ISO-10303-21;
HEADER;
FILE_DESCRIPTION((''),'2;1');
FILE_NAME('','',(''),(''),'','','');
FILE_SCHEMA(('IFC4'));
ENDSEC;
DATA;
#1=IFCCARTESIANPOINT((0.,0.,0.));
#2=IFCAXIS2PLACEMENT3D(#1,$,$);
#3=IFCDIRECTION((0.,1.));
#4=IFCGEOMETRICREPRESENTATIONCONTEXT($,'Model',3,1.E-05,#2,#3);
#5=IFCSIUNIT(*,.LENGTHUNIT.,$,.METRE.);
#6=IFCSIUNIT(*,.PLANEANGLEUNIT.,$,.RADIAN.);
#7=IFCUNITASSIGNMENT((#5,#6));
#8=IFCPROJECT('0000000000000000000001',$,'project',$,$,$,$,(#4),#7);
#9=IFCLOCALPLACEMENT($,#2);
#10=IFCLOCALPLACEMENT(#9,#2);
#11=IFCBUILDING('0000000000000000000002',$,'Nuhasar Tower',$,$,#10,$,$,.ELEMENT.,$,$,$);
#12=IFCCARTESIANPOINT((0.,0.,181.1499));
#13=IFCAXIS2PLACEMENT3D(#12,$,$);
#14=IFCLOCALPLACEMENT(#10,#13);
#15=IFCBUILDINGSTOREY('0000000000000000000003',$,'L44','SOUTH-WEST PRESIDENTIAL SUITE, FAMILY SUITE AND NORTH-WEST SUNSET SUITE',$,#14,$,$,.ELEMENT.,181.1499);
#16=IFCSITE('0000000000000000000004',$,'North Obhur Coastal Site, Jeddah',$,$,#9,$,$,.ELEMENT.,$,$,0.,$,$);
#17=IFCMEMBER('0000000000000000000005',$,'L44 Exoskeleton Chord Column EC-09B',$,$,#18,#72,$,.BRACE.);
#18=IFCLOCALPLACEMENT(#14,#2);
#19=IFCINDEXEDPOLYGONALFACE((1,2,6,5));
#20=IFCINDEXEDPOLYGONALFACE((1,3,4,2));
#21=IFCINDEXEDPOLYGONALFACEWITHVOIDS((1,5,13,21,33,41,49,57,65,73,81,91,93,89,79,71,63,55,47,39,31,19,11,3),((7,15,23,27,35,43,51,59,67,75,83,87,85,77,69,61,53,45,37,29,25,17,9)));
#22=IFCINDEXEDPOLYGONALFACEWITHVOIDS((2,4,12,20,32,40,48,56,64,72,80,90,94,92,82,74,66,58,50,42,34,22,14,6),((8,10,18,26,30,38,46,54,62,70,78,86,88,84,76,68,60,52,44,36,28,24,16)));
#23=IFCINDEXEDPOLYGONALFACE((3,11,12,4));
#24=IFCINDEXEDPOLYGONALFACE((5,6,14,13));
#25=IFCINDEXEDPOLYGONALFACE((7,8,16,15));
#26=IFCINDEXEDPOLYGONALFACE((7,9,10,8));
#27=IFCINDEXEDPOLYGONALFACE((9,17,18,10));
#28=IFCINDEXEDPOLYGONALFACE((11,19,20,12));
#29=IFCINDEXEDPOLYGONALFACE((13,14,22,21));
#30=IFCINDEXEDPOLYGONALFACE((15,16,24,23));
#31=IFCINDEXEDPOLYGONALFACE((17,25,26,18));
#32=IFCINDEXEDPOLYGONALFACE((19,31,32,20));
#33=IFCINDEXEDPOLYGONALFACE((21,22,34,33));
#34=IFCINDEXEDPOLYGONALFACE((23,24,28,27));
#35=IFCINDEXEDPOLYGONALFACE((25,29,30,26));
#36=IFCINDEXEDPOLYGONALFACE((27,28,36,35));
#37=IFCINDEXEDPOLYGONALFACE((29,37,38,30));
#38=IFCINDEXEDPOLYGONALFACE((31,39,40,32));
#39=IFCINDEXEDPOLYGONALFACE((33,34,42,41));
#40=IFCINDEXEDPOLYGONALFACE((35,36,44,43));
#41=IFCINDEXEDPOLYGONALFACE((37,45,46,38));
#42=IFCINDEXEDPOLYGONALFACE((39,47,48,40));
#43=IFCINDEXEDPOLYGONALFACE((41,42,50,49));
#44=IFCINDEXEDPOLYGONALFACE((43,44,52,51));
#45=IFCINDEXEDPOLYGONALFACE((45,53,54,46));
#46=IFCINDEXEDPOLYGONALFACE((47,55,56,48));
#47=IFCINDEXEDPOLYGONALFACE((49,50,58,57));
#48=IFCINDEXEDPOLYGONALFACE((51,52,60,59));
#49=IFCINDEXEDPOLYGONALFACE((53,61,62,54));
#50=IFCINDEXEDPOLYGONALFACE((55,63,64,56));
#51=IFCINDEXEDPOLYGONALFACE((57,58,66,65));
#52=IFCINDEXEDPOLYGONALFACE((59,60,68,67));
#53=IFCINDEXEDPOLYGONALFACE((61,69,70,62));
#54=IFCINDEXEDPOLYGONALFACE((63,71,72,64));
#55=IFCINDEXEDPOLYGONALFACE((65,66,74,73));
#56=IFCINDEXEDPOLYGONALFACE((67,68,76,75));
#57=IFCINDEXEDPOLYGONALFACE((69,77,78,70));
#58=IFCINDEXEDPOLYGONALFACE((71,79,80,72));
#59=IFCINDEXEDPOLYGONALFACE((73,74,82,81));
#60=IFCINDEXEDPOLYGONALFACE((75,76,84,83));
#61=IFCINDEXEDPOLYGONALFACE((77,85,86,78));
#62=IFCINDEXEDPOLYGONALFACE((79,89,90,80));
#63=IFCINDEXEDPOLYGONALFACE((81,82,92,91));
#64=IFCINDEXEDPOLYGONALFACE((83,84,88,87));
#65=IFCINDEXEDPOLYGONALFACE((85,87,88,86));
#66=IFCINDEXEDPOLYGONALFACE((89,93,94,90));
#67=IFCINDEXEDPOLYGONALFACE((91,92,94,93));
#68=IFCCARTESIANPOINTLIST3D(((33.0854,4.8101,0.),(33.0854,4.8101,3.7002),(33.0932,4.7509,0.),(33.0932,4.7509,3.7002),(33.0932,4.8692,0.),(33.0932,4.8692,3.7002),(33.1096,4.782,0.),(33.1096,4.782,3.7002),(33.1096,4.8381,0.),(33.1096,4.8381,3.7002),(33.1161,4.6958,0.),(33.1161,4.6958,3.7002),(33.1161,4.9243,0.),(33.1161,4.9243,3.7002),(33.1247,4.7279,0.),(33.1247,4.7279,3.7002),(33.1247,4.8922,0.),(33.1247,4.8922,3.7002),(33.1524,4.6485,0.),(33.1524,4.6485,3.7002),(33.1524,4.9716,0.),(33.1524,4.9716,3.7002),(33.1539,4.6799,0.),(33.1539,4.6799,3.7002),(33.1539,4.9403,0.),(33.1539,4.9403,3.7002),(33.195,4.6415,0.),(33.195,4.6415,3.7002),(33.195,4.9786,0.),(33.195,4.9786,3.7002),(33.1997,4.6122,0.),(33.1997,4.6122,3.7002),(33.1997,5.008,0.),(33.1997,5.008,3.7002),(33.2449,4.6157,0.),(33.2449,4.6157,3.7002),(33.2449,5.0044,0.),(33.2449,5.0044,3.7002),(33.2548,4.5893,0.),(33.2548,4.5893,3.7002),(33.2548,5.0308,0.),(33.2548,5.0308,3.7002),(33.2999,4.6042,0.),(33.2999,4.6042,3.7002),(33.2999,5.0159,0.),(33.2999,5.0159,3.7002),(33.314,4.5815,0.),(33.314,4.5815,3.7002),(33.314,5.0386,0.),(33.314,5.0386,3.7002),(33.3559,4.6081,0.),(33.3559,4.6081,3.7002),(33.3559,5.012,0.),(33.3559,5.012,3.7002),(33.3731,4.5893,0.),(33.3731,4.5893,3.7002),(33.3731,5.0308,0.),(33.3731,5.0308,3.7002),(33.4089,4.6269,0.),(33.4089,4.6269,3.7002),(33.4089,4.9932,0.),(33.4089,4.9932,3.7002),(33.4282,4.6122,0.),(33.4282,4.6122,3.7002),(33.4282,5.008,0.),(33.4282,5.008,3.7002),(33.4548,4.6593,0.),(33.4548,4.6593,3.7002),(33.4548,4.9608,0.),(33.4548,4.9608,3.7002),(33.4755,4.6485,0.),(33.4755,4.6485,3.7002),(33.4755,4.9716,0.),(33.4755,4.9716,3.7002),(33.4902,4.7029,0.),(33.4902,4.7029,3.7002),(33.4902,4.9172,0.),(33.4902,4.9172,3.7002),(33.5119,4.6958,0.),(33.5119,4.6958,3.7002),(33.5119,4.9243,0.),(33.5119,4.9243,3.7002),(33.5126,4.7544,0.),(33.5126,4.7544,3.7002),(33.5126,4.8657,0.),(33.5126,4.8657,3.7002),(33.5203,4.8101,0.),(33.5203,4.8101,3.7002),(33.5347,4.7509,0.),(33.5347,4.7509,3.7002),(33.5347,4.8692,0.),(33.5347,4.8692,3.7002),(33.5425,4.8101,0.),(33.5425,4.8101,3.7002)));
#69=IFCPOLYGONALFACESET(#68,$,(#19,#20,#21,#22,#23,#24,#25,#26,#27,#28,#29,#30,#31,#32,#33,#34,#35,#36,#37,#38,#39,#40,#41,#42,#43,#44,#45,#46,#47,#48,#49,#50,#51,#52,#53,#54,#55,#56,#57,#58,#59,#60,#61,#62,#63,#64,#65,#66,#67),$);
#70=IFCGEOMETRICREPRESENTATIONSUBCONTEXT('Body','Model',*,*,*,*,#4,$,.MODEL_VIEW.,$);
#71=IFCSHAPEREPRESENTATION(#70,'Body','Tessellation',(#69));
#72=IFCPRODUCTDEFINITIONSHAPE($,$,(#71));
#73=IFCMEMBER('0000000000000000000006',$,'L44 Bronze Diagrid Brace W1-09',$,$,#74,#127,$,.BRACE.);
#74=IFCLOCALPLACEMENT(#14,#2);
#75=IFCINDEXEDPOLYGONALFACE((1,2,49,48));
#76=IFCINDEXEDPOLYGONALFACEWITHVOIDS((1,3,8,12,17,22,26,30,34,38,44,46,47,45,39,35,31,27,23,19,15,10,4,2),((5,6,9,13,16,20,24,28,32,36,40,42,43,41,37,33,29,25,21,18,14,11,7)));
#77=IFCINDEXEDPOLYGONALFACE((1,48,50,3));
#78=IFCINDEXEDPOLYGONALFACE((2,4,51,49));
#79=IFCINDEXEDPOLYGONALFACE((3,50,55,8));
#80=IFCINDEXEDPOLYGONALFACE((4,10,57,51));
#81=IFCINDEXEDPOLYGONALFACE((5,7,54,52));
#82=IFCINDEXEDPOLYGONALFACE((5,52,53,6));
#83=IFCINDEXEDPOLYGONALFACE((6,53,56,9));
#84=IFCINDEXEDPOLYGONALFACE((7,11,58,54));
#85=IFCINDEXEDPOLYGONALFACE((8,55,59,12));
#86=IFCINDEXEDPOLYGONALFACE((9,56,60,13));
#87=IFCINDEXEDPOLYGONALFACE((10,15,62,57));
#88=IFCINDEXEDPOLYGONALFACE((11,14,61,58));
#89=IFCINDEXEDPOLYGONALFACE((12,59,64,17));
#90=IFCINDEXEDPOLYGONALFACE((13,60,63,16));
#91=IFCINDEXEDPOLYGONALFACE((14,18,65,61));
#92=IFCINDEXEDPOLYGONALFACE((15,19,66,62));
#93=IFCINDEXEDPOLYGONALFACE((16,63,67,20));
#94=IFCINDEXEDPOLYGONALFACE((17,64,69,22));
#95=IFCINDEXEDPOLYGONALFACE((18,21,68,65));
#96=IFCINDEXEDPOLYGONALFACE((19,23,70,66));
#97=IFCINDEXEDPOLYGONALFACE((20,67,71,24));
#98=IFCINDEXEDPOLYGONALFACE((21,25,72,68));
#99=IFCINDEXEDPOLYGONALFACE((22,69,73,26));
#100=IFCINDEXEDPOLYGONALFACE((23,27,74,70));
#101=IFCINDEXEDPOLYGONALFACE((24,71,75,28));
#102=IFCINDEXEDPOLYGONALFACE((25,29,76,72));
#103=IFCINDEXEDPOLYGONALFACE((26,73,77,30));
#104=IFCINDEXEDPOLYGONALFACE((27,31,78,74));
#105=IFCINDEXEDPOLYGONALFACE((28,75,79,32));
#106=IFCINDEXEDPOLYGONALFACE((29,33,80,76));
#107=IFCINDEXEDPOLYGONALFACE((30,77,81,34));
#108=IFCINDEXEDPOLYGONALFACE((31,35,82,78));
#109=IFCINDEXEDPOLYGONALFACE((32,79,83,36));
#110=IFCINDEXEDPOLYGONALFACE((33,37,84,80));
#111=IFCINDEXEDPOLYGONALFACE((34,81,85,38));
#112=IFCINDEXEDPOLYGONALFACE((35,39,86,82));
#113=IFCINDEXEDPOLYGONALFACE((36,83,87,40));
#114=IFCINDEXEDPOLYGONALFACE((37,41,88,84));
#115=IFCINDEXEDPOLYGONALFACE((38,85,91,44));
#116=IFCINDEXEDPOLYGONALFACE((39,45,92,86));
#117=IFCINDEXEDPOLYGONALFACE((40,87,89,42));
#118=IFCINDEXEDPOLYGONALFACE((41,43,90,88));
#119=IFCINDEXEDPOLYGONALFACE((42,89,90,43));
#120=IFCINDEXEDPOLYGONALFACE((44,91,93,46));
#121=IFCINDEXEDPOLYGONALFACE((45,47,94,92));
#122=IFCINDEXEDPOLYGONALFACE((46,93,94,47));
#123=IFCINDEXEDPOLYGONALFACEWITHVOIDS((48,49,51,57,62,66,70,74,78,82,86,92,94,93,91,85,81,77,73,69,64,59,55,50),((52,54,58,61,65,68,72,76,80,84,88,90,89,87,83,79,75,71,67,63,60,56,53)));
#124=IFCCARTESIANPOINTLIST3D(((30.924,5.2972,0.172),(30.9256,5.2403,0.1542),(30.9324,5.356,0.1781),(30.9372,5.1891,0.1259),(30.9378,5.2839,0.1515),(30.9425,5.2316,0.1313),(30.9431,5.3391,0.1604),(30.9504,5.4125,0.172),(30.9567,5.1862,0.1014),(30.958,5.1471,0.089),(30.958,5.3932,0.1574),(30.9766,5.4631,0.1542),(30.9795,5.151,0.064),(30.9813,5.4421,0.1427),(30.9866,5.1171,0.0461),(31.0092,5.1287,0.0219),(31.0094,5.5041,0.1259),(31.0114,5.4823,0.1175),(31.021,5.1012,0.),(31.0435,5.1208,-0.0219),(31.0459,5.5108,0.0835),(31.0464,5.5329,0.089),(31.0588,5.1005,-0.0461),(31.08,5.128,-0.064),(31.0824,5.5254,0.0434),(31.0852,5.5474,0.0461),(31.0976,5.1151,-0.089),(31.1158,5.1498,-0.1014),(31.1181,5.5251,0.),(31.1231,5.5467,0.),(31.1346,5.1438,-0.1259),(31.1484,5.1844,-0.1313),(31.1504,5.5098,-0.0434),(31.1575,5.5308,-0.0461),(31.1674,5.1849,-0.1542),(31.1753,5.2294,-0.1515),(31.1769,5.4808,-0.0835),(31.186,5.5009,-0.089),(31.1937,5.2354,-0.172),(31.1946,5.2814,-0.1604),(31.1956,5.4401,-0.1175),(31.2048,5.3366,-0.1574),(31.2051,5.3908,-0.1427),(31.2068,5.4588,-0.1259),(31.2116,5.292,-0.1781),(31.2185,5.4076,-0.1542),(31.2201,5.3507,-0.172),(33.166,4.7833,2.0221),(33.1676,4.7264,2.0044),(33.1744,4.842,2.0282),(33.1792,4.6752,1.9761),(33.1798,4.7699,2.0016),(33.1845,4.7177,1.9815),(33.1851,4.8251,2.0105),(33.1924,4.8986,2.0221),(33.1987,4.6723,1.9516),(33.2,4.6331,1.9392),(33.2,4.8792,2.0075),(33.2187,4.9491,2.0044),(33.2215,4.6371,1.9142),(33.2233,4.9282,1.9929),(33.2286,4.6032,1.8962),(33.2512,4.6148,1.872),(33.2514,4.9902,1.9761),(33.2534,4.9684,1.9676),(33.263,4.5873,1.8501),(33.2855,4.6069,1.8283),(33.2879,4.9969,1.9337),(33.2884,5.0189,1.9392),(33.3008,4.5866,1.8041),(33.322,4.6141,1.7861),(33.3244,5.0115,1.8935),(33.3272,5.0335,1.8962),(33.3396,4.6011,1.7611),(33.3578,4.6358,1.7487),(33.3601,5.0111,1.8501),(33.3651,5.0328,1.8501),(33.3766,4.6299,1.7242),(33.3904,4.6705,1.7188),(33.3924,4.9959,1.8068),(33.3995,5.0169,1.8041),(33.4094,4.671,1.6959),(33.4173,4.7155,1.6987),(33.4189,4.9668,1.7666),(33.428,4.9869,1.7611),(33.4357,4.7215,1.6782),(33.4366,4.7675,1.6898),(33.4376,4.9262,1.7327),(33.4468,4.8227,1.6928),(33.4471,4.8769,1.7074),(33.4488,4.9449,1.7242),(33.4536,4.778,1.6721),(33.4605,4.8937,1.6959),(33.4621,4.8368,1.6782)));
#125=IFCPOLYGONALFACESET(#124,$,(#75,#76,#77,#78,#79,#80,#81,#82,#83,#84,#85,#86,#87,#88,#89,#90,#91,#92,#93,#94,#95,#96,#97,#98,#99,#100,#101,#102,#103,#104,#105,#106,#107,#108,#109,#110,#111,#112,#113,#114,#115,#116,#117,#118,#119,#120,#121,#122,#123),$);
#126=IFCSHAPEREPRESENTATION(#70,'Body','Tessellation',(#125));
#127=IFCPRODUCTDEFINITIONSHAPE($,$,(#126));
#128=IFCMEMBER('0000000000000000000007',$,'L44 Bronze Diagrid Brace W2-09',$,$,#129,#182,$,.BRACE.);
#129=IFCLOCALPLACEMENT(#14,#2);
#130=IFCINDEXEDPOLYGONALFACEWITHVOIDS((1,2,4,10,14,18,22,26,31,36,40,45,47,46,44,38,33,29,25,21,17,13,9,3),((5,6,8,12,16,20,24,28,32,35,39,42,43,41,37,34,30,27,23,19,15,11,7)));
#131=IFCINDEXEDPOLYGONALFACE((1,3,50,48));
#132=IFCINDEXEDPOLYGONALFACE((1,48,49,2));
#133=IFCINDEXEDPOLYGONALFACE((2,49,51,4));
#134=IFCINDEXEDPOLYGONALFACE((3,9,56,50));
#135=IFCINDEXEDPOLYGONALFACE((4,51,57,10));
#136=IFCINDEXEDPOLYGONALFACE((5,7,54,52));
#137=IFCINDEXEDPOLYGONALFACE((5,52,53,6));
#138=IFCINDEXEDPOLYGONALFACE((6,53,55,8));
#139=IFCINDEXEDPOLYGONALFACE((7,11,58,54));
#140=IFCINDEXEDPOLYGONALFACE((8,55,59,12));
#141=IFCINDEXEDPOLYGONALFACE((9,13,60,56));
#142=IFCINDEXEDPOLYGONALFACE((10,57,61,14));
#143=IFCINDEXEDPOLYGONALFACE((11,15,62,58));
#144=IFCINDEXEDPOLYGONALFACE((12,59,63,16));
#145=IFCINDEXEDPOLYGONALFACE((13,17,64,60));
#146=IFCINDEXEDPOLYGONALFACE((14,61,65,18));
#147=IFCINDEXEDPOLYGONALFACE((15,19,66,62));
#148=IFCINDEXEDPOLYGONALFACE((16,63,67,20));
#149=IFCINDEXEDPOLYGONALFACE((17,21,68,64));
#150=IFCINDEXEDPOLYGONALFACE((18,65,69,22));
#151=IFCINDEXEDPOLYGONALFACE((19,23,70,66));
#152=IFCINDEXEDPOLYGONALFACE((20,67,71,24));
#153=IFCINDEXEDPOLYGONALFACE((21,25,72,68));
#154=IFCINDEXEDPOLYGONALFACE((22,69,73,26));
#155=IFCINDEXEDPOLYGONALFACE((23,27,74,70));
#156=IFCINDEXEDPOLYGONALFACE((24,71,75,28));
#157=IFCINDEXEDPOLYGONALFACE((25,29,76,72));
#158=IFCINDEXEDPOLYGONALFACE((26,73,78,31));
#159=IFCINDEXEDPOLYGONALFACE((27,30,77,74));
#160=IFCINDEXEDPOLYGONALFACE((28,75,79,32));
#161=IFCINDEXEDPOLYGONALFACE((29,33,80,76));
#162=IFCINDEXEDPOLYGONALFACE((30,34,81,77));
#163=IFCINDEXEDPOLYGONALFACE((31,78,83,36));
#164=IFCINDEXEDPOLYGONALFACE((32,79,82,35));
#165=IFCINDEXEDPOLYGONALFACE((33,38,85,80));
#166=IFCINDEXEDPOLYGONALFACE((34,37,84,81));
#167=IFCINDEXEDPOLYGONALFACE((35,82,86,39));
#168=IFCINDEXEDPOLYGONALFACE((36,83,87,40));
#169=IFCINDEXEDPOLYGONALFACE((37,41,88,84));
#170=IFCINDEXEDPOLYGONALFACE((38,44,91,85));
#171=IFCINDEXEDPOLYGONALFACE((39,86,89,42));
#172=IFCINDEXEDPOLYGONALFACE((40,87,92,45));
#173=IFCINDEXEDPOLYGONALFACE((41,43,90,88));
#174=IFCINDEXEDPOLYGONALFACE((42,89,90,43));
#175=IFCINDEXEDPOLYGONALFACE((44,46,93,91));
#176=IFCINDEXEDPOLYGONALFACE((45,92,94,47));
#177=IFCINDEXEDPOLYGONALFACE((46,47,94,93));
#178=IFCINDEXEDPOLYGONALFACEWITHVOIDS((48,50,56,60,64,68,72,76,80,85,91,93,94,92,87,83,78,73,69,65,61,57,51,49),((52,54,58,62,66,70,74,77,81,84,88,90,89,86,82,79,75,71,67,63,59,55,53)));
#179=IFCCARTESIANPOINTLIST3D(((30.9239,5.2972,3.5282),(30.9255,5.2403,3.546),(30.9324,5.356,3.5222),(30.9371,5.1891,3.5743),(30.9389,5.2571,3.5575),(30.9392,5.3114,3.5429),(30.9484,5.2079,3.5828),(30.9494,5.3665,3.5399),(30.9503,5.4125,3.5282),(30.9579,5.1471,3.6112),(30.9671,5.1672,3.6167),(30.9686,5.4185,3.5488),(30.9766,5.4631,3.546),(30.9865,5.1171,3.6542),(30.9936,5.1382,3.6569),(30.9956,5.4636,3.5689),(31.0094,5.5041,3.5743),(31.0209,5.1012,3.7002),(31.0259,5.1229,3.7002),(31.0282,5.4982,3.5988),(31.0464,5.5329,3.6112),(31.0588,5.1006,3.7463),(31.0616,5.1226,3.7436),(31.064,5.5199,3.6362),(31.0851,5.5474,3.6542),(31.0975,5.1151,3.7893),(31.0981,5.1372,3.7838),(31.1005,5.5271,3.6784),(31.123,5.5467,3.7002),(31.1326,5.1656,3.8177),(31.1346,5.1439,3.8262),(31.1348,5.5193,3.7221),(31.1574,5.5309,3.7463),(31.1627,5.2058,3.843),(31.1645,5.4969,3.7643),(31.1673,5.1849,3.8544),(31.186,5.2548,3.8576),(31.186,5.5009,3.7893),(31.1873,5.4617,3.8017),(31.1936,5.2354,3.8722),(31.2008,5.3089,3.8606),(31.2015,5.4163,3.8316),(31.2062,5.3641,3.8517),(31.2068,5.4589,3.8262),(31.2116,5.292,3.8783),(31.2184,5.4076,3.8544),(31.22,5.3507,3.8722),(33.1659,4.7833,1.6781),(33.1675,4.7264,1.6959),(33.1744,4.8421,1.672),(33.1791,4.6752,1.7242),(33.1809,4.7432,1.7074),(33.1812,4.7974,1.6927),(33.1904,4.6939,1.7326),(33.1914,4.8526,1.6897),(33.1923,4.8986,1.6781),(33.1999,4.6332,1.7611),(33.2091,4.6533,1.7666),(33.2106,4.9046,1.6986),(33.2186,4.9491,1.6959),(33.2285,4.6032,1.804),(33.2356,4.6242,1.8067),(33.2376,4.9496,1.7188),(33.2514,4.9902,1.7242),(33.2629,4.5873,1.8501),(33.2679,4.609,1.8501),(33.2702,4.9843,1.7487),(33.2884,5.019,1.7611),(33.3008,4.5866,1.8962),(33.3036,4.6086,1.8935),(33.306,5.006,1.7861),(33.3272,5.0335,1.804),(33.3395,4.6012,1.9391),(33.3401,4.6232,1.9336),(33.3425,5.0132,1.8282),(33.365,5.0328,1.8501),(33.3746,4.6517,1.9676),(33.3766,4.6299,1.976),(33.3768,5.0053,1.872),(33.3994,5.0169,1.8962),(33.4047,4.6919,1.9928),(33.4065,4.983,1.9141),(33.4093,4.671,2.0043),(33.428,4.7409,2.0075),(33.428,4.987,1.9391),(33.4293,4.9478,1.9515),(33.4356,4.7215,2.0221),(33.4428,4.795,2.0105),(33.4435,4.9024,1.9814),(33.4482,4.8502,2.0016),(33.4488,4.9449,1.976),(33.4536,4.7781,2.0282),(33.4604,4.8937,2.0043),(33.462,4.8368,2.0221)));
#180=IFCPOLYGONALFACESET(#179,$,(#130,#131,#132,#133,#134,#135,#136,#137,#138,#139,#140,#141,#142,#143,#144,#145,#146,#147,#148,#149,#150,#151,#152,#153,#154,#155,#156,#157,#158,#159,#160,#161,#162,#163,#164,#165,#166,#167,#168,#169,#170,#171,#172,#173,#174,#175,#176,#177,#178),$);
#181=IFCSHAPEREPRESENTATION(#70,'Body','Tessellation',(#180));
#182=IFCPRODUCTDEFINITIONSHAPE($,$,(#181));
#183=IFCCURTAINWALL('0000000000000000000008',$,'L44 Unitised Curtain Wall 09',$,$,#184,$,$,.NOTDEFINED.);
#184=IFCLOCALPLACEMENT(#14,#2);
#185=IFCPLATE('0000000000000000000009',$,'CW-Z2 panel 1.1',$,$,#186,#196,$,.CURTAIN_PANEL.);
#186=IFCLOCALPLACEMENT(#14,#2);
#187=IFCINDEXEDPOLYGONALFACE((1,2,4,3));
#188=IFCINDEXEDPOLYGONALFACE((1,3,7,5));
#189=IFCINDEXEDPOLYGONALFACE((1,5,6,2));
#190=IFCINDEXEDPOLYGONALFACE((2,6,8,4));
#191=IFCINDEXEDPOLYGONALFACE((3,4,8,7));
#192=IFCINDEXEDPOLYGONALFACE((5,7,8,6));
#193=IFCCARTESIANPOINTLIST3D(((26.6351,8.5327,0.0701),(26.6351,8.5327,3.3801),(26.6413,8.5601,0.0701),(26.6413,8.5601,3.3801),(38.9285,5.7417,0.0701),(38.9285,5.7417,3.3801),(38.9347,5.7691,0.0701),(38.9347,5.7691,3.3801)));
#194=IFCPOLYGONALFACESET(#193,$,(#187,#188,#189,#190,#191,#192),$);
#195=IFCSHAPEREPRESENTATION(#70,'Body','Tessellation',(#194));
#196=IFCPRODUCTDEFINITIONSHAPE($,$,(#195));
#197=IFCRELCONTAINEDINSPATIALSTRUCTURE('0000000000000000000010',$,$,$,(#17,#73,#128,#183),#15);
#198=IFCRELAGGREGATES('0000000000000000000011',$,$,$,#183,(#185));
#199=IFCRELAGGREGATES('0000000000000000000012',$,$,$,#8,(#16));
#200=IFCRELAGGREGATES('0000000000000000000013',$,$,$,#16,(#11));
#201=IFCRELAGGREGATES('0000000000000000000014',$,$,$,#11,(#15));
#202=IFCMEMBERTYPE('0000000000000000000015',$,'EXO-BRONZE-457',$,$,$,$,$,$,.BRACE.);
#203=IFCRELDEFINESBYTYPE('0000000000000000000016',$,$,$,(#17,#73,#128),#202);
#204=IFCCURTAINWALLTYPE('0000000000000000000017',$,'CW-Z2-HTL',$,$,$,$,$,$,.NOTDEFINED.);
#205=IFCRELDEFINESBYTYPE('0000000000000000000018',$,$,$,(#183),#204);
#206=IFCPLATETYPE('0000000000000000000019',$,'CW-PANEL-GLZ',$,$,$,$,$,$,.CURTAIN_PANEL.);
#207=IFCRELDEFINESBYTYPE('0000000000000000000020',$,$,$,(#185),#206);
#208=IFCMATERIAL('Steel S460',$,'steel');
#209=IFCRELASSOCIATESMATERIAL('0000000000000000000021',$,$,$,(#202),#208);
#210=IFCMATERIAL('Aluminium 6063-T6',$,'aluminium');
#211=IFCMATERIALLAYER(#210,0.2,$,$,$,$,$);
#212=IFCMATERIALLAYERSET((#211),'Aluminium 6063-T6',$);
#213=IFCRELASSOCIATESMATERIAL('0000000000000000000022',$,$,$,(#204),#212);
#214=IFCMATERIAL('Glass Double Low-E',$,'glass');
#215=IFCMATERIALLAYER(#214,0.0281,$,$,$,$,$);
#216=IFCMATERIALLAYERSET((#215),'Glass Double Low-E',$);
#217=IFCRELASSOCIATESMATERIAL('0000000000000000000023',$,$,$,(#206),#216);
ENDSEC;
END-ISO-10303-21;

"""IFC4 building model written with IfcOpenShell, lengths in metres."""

from ifc_helpers import new_model, si_unit, direction, frame, origin, origin_2d, place, context, subcontext, project, spatial, rectangle, hollow_circle, extrude, material, layer, layer_set, material_profile, profile_set, type_object, element, aggregate, save


model = new_model("IFC4")

# Units and contexts
model_context = context("Model", 3, precision=1e-05, world=origin(), true_north=direction((0.0, 1.0)))
body_context = subcontext(model_context, "Body", "Model", "MODEL_VIEW")
ifc_project = project(units=[si_unit("LENGTHUNIT", "METRE"), si_unit("PLANEANGLEUNIT", "RADIAN")], contexts=[model_context])

# Site, building, storey
site_placement = place(None, origin())
site = spatial("IfcSite", under=ifc_project, at=site_placement, Name="North Obhur Coastal Site, Jeddah", CompositionType="ELEMENT", RefElevation=0.0)
building_placement = place(site_placement, origin())
building = spatial("IfcBuilding", under=site, at=building_placement, Name="Nuhasar Tower", CompositionType="ELEMENT")
storey_placement = place(building_placement, frame((0.0, 0.0, 181.1499)))
storey = spatial("IfcBuildingStorey", under=building, at=storey_placement, Name="L44", Description="SOUTH-WEST PRESIDENTIAL SUITE, FAMILY SUITE AND NORTH-WEST SUNSET SUITE", CompositionType="ELEMENT", Elevation=181.1499)

# Members
ifc_material_1 = material(Name="Steel S460", Category="steel")
ifc_material_profile_1 = material_profile(ifc_material_1, hollow_circle(Radius=0.2285, WallThickness=0.0222, at=origin_2d()), Name="HSS457X22.2")
ifc_profile_set_1 = profile_set([ifc_material_profile_1], Name="Steel S460")
member_type = type_object("IfcMemberType", Name="EXO-BRONZE-457", PredefinedType="BRACE", material=ifc_profile_set_1)
for number, where, z_axis, x_axis, name in (
    (1, (33.314, 4.8101, 0.0), (0.0, 0.0, 1.0), (1.0, 0.0, 0.0), "L44 Exoskeleton Chord Column EC-09B"),
):
    element("IfcMember", number, at=place(storey_placement, frame(where, z_axis=z_axis, x_axis=x_axis)), inside=storey, type_object=member_type, Name=name, PredefinedType="BRACE", context=body_context, shape_type="SweptSolid", body=[
        extrude(hollow_circle(Radius=0.2285, WallThickness=0.0222, at=origin_2d()), origin(), (0.0, 0.0, 1.0), 3.7002),
    ])
for number, where, z_axis, x_axis, name in (
    (2, (31.072, 5.324, 0.0), (0.75951, -0.174101, 0.626764), (0.223433, 0.974719, 0.0), "L44 Bronze Diagrid Brace W1-09"),
    (3, (33.314, 4.8101, 1.8501), (-0.75951, 0.174101, 0.626764), (-0.223433, -0.974719, 0.0), "L44 Bronze Diagrid Brace W2-09"),
):
    element("IfcMember", number, at=place(storey_placement, frame(where, z_axis=z_axis, x_axis=x_axis)), inside=storey, type_object=member_type, Name=name, PredefinedType="BRACE", context=body_context, shape_type="SweptSolid", body=[
        extrude(hollow_circle(Radius=0.2285, WallThickness=0.0222, at=origin_2d()), origin(), (0.0, 0.0, 1.0), 2.9519),
    ])

# Curtain wall, plate
ifc_material_2 = material(Name="Aluminium 6063-T6", Category="aluminium")
ifc_layer_1 = layer(ifc_material_2, 0.2)
ifc_layer_set_1 = layer_set([ifc_layer_1], Name="Aluminium 6063-T6")
curtain_wall_type = type_object("IfcCurtainWallType", Name="CW-Z2-HTL", PredefinedType="NOTDEFINED", material=ifc_layer_set_1)
curtain_wall_placement = place(storey_placement, origin())
curtain_wall = element("IfcCurtainWall", 4, at=curtain_wall_placement, inside=storey, type_object=curtain_wall_type, Name="L44 Unitised Curtain Wall 09", PredefinedType="NOTDEFINED")
ifc_material_3 = material(Name="Glass Double Low-E", Category="glass")
ifc_layer_2 = layer(ifc_material_3, 0.0281)
ifc_layer_set_2 = layer_set([ifc_layer_2], Name="Glass Double Low-E")
plate_type = type_object("IfcPlateType", Name="CW-PANEL-GLZ", PredefinedType="CURTAIN_PANEL", material=ifc_layer_set_2)
plate_placement = place(storey_placement, frame((32.7849, 7.1509, 0.0701), z_axis=(0.0, 0.0, 1.0), x_axis=(0.975184, -0.221397, 0.0)))
plate = element("IfcPlate", 5, at=plate_placement, type_object=plate_type, Name="CW-Z2 panel 1.1", PredefinedType="CURTAIN_PANEL", context=body_context, shape_type="SweptSolid", body=[
    extrude(rectangle(XDim=12.6062, YDim=0.0281, at=origin_2d()), origin(), (0.0, 0.0, 1.0), 3.3101),
])
aggregate(curtain_wall, [plate])

save(model, "model.ifc")
